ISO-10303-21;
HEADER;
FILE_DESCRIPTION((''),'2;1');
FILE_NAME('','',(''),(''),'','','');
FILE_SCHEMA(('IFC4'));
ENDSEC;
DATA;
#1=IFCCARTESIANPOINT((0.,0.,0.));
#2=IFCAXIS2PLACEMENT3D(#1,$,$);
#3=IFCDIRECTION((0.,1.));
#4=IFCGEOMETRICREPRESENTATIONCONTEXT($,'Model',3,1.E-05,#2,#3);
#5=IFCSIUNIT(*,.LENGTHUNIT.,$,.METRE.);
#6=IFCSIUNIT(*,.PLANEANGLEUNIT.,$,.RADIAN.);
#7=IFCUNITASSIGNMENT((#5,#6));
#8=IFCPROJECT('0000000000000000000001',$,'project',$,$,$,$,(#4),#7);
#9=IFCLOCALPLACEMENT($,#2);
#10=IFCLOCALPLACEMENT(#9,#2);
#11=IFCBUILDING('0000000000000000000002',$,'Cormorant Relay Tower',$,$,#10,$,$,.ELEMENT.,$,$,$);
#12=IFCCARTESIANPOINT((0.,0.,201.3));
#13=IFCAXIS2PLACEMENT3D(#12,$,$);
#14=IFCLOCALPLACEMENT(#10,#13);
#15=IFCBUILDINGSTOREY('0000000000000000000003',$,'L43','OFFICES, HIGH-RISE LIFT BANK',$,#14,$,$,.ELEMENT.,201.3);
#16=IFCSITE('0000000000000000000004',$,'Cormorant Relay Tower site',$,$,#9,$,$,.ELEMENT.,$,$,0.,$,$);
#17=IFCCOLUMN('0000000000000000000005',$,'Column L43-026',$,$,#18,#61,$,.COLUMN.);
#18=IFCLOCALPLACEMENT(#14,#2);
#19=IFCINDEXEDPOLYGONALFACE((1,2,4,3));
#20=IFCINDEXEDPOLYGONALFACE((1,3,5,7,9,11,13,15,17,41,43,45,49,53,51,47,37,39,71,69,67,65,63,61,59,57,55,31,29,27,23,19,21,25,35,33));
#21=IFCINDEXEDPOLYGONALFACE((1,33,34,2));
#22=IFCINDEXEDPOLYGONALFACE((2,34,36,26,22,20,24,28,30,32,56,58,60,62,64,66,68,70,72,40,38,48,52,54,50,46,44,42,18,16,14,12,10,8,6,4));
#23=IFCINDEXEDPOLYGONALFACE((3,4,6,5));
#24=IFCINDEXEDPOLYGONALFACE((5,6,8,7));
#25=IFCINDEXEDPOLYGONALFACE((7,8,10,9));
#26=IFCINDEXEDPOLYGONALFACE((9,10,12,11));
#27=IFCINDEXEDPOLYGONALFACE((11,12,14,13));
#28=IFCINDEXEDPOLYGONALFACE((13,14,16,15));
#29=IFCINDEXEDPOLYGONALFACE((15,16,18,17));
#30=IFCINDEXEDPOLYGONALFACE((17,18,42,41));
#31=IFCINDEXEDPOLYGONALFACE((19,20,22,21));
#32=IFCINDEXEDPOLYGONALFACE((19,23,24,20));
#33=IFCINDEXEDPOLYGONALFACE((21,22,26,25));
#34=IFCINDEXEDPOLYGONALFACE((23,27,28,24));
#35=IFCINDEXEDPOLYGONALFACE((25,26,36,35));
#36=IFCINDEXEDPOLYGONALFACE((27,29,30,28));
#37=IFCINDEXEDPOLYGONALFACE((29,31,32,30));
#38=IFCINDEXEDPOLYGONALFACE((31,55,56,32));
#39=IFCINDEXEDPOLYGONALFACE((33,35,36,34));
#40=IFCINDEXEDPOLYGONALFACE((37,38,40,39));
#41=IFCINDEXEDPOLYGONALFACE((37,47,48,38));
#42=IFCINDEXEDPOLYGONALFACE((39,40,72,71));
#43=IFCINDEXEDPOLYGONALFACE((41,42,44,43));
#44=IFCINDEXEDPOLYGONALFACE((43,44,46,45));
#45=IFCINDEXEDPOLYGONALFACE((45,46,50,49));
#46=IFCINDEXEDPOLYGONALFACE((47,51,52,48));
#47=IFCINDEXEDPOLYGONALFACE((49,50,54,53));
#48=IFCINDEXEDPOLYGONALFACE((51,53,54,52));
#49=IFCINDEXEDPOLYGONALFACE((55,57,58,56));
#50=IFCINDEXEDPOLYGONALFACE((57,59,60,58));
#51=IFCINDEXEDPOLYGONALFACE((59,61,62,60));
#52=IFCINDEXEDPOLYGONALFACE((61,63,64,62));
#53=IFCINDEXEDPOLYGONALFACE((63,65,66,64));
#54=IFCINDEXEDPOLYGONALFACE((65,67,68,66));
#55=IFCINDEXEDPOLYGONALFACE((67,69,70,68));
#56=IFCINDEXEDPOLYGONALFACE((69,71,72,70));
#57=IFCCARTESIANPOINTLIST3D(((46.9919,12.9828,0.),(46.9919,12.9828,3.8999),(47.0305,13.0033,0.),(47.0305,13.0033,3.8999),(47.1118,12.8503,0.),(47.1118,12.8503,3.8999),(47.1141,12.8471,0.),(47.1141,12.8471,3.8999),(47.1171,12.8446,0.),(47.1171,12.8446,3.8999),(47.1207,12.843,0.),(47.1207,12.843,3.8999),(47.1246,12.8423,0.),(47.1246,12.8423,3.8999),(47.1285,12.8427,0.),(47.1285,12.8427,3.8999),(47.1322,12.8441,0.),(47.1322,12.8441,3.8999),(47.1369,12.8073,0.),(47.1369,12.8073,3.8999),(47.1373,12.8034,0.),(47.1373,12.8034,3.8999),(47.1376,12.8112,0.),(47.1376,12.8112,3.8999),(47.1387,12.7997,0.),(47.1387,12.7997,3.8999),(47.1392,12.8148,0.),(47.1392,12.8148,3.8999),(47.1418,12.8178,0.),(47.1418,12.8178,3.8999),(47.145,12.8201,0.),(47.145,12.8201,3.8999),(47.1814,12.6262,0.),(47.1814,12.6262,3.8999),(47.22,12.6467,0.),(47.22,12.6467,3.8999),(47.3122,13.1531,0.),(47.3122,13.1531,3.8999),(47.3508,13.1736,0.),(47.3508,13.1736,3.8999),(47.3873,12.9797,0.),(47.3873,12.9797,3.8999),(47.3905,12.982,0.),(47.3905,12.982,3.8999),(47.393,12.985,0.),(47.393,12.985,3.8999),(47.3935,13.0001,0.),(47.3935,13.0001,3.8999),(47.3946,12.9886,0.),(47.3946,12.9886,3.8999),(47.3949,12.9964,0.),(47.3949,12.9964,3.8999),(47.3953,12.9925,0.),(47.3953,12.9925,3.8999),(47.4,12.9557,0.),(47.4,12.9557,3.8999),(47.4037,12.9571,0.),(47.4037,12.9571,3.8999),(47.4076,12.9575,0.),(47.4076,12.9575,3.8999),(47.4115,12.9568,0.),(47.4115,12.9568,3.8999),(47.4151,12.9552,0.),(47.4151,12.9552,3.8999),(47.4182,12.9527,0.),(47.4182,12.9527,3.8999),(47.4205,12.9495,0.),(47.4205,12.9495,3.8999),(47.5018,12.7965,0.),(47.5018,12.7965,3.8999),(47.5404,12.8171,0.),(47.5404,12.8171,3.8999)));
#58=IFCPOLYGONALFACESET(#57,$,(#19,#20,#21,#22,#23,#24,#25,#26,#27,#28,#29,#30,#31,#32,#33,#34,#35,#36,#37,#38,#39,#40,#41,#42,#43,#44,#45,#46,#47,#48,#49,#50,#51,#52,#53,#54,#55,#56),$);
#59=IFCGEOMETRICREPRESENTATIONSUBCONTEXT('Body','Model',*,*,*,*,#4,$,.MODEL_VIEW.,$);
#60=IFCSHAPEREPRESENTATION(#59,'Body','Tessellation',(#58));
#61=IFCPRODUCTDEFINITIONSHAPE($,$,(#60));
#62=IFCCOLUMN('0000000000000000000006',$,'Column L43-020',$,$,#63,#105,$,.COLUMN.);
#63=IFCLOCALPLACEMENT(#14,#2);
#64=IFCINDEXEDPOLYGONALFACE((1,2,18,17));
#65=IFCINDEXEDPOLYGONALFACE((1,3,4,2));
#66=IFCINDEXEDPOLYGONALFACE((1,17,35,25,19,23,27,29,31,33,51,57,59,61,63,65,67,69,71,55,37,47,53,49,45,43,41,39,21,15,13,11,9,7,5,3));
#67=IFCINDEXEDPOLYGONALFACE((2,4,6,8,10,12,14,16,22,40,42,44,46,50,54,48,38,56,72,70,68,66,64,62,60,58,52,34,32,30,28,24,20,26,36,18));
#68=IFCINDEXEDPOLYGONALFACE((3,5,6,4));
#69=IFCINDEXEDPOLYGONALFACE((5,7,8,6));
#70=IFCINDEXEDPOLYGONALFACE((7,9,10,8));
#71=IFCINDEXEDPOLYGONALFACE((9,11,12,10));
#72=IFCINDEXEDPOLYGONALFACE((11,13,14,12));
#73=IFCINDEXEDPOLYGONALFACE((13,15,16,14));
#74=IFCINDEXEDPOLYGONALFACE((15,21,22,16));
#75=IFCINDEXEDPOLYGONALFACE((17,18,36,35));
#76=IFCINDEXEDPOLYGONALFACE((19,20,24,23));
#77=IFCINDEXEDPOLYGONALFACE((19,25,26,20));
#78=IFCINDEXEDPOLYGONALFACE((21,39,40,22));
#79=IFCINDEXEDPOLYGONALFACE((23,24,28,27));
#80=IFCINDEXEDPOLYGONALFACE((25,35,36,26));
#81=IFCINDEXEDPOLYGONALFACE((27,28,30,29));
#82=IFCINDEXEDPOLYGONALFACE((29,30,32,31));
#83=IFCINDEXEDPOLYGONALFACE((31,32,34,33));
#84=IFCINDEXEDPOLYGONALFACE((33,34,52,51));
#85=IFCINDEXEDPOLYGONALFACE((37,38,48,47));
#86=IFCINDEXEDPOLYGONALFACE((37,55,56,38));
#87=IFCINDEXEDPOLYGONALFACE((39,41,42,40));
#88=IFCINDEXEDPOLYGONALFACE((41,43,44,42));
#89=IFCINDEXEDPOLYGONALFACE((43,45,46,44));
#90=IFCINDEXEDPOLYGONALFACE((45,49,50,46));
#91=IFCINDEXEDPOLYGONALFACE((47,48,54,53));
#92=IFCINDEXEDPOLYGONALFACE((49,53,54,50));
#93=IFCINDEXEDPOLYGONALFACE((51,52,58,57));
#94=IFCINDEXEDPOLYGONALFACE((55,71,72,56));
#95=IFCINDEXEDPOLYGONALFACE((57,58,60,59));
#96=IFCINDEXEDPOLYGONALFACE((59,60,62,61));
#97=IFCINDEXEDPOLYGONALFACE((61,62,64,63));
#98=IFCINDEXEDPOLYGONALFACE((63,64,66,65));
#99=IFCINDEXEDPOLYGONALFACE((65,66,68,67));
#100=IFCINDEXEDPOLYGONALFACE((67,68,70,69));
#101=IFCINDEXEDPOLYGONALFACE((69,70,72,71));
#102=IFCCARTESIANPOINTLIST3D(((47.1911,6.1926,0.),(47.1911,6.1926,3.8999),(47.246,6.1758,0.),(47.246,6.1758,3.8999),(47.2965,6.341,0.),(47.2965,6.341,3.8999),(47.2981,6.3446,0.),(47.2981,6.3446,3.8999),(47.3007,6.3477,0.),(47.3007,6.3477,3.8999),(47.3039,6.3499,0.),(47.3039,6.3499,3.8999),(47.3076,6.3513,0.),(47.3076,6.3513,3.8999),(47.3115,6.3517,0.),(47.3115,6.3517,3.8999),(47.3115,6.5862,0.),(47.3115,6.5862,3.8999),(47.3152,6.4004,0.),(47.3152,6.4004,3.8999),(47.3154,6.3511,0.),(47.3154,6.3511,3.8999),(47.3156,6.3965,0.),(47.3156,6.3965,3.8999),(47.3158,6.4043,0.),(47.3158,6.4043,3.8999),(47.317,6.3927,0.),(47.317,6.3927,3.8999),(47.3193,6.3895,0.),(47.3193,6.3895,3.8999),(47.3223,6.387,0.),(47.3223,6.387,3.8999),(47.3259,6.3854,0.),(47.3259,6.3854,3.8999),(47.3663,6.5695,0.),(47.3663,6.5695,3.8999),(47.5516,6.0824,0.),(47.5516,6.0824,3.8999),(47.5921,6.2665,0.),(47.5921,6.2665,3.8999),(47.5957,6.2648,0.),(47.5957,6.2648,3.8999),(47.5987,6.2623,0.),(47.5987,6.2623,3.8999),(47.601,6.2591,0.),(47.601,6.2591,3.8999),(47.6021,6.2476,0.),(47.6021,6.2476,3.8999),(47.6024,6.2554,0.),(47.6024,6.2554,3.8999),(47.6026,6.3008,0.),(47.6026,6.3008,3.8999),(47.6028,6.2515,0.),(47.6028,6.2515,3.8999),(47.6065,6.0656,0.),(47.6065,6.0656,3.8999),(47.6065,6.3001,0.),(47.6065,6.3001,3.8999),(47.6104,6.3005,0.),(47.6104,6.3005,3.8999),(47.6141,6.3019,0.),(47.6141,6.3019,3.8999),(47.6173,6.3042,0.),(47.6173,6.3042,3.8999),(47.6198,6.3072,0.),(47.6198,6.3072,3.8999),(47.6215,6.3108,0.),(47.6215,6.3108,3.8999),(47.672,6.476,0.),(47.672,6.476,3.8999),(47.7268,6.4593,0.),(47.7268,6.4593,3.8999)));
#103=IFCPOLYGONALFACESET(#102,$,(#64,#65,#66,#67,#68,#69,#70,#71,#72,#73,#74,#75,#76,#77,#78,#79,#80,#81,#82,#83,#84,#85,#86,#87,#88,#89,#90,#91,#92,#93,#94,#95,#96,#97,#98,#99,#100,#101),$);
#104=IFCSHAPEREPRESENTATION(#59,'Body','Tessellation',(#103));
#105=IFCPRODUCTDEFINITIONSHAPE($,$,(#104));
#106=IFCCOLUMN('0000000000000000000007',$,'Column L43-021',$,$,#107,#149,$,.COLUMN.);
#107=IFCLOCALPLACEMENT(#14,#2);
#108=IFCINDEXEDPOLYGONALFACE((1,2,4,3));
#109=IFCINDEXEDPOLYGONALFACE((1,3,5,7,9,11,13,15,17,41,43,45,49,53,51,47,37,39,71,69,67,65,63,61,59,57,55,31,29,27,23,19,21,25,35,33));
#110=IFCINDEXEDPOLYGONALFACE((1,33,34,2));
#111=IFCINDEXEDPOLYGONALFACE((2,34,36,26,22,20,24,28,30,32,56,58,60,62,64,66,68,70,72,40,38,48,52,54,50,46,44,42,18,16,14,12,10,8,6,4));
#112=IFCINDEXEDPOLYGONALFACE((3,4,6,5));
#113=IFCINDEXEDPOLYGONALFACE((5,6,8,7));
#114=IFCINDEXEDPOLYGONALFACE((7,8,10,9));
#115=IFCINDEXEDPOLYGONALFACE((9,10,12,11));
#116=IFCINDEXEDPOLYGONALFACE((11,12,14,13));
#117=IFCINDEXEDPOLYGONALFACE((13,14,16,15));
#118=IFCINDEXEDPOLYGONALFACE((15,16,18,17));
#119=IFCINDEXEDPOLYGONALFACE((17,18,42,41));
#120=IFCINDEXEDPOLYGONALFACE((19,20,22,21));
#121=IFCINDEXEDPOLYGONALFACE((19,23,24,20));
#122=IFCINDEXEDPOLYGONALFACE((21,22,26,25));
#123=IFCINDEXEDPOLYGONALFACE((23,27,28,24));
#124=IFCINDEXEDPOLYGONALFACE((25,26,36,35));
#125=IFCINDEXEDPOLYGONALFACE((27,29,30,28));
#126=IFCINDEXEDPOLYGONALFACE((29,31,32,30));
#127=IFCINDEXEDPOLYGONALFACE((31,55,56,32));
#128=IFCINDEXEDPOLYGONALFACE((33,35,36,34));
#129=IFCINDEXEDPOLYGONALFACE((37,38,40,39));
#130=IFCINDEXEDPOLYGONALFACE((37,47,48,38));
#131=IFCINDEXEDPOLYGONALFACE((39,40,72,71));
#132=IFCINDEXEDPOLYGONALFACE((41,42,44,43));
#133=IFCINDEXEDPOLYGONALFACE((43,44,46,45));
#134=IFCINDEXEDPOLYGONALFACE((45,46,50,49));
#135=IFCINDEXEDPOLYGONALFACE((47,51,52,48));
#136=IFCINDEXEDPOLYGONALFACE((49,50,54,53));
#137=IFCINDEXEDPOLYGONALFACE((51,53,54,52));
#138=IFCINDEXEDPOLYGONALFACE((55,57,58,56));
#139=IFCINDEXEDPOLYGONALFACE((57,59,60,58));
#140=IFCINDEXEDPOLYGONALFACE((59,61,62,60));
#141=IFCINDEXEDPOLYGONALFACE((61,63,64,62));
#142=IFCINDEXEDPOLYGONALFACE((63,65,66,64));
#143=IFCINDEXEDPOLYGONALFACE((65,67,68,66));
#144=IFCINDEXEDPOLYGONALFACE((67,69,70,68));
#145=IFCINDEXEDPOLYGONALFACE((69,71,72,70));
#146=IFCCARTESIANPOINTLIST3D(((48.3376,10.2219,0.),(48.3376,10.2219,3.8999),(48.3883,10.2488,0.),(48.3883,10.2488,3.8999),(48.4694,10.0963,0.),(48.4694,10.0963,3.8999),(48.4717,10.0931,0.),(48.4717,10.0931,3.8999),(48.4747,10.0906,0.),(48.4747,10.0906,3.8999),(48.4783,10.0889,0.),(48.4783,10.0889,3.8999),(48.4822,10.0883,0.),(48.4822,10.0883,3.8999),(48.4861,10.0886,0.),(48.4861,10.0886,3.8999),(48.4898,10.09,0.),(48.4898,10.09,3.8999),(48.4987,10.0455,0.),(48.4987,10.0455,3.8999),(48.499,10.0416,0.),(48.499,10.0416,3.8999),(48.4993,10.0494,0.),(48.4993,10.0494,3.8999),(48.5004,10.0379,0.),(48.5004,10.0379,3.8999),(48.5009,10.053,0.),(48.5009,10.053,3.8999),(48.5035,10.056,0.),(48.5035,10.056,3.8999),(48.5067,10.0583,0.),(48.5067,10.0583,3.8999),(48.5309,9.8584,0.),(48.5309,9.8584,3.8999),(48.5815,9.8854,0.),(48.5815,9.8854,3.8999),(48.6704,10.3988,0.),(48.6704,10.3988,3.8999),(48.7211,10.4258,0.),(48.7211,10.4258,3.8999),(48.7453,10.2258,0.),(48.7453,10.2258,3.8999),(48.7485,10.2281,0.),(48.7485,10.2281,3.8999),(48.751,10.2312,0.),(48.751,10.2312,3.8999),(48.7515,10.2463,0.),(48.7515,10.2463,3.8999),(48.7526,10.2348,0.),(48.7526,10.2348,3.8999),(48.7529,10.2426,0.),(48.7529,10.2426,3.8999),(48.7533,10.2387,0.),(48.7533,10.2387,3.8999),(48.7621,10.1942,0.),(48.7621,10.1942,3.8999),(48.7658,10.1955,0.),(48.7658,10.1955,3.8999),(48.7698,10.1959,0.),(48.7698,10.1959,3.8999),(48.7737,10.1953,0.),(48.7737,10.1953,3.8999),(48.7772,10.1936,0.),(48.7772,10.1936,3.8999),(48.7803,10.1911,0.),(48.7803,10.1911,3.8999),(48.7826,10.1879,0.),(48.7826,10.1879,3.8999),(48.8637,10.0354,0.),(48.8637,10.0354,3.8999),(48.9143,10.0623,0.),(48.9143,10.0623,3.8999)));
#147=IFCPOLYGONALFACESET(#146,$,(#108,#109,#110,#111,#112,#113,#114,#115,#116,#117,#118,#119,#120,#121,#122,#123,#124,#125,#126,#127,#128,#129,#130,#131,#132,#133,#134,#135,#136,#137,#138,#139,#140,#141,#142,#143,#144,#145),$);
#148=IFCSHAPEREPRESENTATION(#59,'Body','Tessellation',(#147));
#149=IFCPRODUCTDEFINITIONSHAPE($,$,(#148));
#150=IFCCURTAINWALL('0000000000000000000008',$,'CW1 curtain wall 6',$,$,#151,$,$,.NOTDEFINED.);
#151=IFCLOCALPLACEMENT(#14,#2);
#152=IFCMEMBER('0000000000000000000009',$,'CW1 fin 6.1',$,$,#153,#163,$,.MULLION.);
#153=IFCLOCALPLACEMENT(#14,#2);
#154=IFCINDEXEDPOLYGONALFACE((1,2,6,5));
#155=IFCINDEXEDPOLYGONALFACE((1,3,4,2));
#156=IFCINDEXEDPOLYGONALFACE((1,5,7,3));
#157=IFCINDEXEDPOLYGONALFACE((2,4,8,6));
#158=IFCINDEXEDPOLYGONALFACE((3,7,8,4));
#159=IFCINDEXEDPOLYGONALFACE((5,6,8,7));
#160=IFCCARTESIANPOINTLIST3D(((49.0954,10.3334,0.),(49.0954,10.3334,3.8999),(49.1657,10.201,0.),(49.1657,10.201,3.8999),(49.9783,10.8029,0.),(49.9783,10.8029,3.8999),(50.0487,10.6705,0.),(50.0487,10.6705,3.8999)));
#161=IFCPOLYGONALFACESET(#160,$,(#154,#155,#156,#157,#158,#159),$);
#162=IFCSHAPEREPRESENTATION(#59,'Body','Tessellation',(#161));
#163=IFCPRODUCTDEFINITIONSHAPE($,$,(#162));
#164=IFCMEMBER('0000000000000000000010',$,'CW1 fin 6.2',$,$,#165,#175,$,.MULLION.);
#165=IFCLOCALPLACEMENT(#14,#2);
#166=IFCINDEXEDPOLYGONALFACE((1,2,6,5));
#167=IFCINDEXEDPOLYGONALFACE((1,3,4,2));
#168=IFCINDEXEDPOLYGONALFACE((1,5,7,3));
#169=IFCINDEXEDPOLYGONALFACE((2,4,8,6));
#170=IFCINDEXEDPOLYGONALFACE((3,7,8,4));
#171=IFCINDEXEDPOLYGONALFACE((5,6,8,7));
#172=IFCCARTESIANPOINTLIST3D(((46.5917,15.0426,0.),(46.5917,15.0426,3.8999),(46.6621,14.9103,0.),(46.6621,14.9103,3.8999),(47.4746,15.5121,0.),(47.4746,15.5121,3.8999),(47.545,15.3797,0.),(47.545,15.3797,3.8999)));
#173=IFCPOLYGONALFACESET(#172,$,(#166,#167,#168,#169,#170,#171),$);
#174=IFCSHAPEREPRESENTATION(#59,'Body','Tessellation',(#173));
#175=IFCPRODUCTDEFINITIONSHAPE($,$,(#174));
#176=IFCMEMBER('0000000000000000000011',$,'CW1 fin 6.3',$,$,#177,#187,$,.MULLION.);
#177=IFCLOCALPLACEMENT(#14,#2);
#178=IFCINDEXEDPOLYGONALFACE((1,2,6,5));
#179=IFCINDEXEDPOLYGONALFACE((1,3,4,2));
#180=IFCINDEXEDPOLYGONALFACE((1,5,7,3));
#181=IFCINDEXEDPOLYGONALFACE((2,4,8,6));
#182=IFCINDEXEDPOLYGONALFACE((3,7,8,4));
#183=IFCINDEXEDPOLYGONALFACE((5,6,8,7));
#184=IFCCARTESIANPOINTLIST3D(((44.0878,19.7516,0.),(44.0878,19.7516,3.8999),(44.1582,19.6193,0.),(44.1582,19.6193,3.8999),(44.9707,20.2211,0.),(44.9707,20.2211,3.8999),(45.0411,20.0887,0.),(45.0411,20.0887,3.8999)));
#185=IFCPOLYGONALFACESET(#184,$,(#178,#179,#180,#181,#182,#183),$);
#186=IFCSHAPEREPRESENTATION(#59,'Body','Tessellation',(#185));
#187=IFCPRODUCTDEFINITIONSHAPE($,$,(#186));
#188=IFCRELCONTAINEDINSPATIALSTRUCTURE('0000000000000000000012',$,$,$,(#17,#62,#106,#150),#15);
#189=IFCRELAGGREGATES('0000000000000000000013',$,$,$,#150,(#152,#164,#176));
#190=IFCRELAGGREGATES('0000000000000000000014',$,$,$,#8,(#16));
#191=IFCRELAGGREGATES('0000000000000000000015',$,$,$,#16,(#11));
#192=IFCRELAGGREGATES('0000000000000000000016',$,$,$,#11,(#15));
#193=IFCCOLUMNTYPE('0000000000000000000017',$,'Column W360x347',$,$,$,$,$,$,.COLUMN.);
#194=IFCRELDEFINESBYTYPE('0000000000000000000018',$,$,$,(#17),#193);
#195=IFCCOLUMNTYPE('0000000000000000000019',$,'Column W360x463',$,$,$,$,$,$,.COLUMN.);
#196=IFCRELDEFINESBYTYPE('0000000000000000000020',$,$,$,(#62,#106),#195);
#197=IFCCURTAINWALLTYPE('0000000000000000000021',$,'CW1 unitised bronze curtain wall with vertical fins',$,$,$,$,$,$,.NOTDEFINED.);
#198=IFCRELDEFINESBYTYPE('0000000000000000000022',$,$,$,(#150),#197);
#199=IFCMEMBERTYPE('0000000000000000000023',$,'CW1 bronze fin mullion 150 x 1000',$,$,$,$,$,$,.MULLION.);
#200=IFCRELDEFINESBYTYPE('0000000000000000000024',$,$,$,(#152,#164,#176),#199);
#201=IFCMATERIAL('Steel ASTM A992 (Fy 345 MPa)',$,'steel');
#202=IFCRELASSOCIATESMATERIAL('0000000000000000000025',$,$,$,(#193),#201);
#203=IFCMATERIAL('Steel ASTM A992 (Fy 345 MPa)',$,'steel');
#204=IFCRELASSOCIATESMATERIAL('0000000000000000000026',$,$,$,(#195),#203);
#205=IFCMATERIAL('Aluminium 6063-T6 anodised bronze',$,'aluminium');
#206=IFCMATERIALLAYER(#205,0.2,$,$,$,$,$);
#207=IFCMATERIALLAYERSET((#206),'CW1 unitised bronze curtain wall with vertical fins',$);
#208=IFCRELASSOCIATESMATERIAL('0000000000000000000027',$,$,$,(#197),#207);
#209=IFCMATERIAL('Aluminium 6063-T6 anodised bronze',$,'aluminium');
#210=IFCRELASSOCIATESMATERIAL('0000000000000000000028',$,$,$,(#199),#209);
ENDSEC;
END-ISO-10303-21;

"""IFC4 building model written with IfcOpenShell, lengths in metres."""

from ifc_helpers import new_model, si_unit, direction, frame, origin, origin_2d, place, context, subcontext, project, spatial, rectangle, i_section, extrude, material, layer, layer_set, material_profile, profile_set, type_object, element, aggregate, save


model = new_model("IFC4")

# Units and contexts
model_context = context("Model", 3, precision=1e-05, world=origin(), true_north=direction((0.0, 1.0)))
body_context = subcontext(model_context, "Body", "Model", "MODEL_VIEW")
ifc_project = project(units=[si_unit("LENGTHUNIT", "METRE"), si_unit("PLANEANGLEUNIT", "RADIAN")], contexts=[model_context])

# Site, building, storey
site_placement = place(None, origin())
site = spatial("IfcSite", under=ifc_project, at=site_placement, Name="Cormorant Relay Tower site", CompositionType="ELEMENT", RefElevation=0.0)
building_placement = place(site_placement, origin())
building = spatial("IfcBuilding", under=site, at=building_placement, Name="Cormorant Relay Tower", CompositionType="ELEMENT")
storey_placement = place(building_placement, frame((0.0, 0.0, 201.3)))
storey = spatial("IfcBuildingStorey", under=building, at=storey_placement, Name="L43", Description="OFFICES, HIGH-RISE LIFT BANK", CompositionType="ELEMENT", Elevation=201.3)

# Columns
ifc_material_1 = material(Name="Steel ASTM A992 (Fy 345 MPa)", Category="steel")
ifc_material_profile_1 = material_profile(ifc_material_1, i_section(OverallWidth=0.4038, OverallDepth=0.4065, WebThickness=0.0271, FlangeThickness=0.0437, FilletRadius=0.0151, at=origin_2d()), Name="W360x347")
ifc_profile_set_1 = profile_set([ifc_material_profile_1], Name="Steel ASTM A992 (Fy 345 MPa)")
column_type_1 = type_object("IfcColumnType", Name="Column W360x347", PredefinedType="COLUMN", material=ifc_profile_set_1)
column_placement = place(storey_placement, frame((47.2661, 12.8999, 0.0), z_axis=(0.0, 0.0, 1.0), x_axis=(-0.469472, 0.882948, 0.0)))
element("IfcColumn", 1, at=column_placement, inside=storey, type_object=column_type_1, Name="Column L43-026", PredefinedType="COLUMN", context=body_context, shape_type="SweptSolid", body=[
    extrude(i_section(OverallWidth=0.4038, OverallDepth=0.4065, WebThickness=0.0271, FlangeThickness=0.0437, FilletRadius=0.0151, at=origin_2d()), origin(), (0.0, 0.0, 1.0), 3.8999),
])
ifc_material_2 = material(Name="Steel ASTM A992 (Fy 345 MPa)", Category="steel")
ifc_material_profile_2 = material_profile(ifc_material_2, i_section(OverallWidth=0.4116, OverallDepth=0.4343, WebThickness=0.0359, FlangeThickness=0.0574, FilletRadius=0.0151, at=origin_2d()), Name="W360x463")
ifc_profile_set_2 = profile_set([ifc_material_profile_2], Name="Steel ASTM A992 (Fy 345 MPa)")
column_type_2 = type_object("IfcColumnType", Name="Column W360x463", PredefinedType="COLUMN", material=ifc_profile_set_2)
for number, where, z_axis, x_axis, name in (
    (2, (47.459, 6.3259, 0.0), (0.0, 0.0, 1.0), (0.292372, 0.956305, 0.0), "Column L43-020"),
    (3, (48.626, 10.1421, 0.0), (0.0, 0.0, 1.0), (-0.469472, 0.882948, 0.0), "Column L43-021"),
):
    element("IfcColumn", number, at=place(storey_placement, frame(where, z_axis=z_axis, x_axis=x_axis)), inside=storey, type_object=column_type_2, Name=name, PredefinedType="COLUMN", context=body_context, shape_type="SweptSolid", body=[
        extrude(i_section(OverallWidth=0.4116, OverallDepth=0.4343, WebThickness=0.0359, FlangeThickness=0.0574, FilletRadius=0.0151, at=origin_2d()), origin(), (0.0, 0.0, 1.0), 3.8999),
    ])

# Curtain wall, members
ifc_material_3 = material(Name="Aluminium 6063-T6 anodised bronze", Category="aluminium")
ifc_layer_1 = layer(ifc_material_3, 0.2)
ifc_layer_set_1 = layer_set([ifc_layer_1], Name="CW1 unitised bronze curtain wall with vertical fins")
curtain_wall_type = type_object("IfcCurtainWallType", Name="CW1 unitised bronze curtain wall with vertical fins", PredefinedType="NOTDEFINED", material=ifc_layer_set_1)
curtain_wall_1_placement = place(storey_placement, origin())
curtain_wall_1 = element("IfcCurtainWall", 4, at=curtain_wall_1_placement, inside=storey, type_object=curtain_wall_type, Name="CW1 curtain wall 6", PredefinedType="NOTDEFINED")
ifc_material_4 = material(Name="Aluminium 6063-T6 anodised bronze", Category="aluminium")
ifc_material_profile_3 = material_profile(ifc_material_4, rectangle(XDim=0.1499, YDim=1.0, at=origin_2d()), Name="AL 150x1000")
ifc_profile_set_3 = profile_set([ifc_material_profile_3], Name="Aluminium 6063-T6 anodised bronze")
member_type_1 = type_object("IfcMemberType", Name="CW1 bronze fin mullion 150 x 1000", PredefinedType="MULLION", material=ifc_profile_set_3)
member_1_placement = place(storey_placement, frame((49.572, 10.502, 0.0), z_axis=(0.0, 0.0, 1.0), x_axis=(-0.469472, 0.882948, 0.0)))
member_1 = element("IfcMember", 5, at=member_1_placement, type_object=member_type_1, Name="CW1 fin 6.1", PredefinedType="MULLION", context=body_context, shape_type="SweptSolid", body=[
    extrude(rectangle(XDim=0.1499, YDim=1.0, at=origin_2d()), origin(), (0.0, 0.0, 1.0), 3.8999),
])
member_2_placement = place(storey_placement, frame((47.0684, 15.2112, 0.0), z_axis=(0.0, 0.0, 1.0), x_axis=(-0.469472, 0.882948, 0.0)))
member_2 = element("IfcMember", 6, at=member_2_placement, type_object=member_type_1, Name="CW1 fin 6.2", PredefinedType="MULLION", context=body_context, shape_type="SweptSolid", body=[
    extrude(rectangle(XDim=0.1499, YDim=1.0, at=origin_2d()), origin(), (0.0, 0.0, 1.0), 3.8999),
])
member_3_placement = place(storey_placement, frame((44.5645, 19.9202, 0.0), z_axis=(0.0, 0.0, 1.0), x_axis=(-0.469472, 0.882948, 0.0)))
member_3 = element("IfcMember", 7, at=member_3_placement, type_object=member_type_1, Name="CW1 fin 6.3", PredefinedType="MULLION", context=body_context, shape_type="SweptSolid", body=[
    extrude(rectangle(XDim=0.1499, YDim=1.0, at=origin_2d()), origin(), (0.0, 0.0, 1.0), 3.8999),
])

aggregate(curtain_wall_1, [member_1, member_2, member_3])

save(model, "model.ifc")
